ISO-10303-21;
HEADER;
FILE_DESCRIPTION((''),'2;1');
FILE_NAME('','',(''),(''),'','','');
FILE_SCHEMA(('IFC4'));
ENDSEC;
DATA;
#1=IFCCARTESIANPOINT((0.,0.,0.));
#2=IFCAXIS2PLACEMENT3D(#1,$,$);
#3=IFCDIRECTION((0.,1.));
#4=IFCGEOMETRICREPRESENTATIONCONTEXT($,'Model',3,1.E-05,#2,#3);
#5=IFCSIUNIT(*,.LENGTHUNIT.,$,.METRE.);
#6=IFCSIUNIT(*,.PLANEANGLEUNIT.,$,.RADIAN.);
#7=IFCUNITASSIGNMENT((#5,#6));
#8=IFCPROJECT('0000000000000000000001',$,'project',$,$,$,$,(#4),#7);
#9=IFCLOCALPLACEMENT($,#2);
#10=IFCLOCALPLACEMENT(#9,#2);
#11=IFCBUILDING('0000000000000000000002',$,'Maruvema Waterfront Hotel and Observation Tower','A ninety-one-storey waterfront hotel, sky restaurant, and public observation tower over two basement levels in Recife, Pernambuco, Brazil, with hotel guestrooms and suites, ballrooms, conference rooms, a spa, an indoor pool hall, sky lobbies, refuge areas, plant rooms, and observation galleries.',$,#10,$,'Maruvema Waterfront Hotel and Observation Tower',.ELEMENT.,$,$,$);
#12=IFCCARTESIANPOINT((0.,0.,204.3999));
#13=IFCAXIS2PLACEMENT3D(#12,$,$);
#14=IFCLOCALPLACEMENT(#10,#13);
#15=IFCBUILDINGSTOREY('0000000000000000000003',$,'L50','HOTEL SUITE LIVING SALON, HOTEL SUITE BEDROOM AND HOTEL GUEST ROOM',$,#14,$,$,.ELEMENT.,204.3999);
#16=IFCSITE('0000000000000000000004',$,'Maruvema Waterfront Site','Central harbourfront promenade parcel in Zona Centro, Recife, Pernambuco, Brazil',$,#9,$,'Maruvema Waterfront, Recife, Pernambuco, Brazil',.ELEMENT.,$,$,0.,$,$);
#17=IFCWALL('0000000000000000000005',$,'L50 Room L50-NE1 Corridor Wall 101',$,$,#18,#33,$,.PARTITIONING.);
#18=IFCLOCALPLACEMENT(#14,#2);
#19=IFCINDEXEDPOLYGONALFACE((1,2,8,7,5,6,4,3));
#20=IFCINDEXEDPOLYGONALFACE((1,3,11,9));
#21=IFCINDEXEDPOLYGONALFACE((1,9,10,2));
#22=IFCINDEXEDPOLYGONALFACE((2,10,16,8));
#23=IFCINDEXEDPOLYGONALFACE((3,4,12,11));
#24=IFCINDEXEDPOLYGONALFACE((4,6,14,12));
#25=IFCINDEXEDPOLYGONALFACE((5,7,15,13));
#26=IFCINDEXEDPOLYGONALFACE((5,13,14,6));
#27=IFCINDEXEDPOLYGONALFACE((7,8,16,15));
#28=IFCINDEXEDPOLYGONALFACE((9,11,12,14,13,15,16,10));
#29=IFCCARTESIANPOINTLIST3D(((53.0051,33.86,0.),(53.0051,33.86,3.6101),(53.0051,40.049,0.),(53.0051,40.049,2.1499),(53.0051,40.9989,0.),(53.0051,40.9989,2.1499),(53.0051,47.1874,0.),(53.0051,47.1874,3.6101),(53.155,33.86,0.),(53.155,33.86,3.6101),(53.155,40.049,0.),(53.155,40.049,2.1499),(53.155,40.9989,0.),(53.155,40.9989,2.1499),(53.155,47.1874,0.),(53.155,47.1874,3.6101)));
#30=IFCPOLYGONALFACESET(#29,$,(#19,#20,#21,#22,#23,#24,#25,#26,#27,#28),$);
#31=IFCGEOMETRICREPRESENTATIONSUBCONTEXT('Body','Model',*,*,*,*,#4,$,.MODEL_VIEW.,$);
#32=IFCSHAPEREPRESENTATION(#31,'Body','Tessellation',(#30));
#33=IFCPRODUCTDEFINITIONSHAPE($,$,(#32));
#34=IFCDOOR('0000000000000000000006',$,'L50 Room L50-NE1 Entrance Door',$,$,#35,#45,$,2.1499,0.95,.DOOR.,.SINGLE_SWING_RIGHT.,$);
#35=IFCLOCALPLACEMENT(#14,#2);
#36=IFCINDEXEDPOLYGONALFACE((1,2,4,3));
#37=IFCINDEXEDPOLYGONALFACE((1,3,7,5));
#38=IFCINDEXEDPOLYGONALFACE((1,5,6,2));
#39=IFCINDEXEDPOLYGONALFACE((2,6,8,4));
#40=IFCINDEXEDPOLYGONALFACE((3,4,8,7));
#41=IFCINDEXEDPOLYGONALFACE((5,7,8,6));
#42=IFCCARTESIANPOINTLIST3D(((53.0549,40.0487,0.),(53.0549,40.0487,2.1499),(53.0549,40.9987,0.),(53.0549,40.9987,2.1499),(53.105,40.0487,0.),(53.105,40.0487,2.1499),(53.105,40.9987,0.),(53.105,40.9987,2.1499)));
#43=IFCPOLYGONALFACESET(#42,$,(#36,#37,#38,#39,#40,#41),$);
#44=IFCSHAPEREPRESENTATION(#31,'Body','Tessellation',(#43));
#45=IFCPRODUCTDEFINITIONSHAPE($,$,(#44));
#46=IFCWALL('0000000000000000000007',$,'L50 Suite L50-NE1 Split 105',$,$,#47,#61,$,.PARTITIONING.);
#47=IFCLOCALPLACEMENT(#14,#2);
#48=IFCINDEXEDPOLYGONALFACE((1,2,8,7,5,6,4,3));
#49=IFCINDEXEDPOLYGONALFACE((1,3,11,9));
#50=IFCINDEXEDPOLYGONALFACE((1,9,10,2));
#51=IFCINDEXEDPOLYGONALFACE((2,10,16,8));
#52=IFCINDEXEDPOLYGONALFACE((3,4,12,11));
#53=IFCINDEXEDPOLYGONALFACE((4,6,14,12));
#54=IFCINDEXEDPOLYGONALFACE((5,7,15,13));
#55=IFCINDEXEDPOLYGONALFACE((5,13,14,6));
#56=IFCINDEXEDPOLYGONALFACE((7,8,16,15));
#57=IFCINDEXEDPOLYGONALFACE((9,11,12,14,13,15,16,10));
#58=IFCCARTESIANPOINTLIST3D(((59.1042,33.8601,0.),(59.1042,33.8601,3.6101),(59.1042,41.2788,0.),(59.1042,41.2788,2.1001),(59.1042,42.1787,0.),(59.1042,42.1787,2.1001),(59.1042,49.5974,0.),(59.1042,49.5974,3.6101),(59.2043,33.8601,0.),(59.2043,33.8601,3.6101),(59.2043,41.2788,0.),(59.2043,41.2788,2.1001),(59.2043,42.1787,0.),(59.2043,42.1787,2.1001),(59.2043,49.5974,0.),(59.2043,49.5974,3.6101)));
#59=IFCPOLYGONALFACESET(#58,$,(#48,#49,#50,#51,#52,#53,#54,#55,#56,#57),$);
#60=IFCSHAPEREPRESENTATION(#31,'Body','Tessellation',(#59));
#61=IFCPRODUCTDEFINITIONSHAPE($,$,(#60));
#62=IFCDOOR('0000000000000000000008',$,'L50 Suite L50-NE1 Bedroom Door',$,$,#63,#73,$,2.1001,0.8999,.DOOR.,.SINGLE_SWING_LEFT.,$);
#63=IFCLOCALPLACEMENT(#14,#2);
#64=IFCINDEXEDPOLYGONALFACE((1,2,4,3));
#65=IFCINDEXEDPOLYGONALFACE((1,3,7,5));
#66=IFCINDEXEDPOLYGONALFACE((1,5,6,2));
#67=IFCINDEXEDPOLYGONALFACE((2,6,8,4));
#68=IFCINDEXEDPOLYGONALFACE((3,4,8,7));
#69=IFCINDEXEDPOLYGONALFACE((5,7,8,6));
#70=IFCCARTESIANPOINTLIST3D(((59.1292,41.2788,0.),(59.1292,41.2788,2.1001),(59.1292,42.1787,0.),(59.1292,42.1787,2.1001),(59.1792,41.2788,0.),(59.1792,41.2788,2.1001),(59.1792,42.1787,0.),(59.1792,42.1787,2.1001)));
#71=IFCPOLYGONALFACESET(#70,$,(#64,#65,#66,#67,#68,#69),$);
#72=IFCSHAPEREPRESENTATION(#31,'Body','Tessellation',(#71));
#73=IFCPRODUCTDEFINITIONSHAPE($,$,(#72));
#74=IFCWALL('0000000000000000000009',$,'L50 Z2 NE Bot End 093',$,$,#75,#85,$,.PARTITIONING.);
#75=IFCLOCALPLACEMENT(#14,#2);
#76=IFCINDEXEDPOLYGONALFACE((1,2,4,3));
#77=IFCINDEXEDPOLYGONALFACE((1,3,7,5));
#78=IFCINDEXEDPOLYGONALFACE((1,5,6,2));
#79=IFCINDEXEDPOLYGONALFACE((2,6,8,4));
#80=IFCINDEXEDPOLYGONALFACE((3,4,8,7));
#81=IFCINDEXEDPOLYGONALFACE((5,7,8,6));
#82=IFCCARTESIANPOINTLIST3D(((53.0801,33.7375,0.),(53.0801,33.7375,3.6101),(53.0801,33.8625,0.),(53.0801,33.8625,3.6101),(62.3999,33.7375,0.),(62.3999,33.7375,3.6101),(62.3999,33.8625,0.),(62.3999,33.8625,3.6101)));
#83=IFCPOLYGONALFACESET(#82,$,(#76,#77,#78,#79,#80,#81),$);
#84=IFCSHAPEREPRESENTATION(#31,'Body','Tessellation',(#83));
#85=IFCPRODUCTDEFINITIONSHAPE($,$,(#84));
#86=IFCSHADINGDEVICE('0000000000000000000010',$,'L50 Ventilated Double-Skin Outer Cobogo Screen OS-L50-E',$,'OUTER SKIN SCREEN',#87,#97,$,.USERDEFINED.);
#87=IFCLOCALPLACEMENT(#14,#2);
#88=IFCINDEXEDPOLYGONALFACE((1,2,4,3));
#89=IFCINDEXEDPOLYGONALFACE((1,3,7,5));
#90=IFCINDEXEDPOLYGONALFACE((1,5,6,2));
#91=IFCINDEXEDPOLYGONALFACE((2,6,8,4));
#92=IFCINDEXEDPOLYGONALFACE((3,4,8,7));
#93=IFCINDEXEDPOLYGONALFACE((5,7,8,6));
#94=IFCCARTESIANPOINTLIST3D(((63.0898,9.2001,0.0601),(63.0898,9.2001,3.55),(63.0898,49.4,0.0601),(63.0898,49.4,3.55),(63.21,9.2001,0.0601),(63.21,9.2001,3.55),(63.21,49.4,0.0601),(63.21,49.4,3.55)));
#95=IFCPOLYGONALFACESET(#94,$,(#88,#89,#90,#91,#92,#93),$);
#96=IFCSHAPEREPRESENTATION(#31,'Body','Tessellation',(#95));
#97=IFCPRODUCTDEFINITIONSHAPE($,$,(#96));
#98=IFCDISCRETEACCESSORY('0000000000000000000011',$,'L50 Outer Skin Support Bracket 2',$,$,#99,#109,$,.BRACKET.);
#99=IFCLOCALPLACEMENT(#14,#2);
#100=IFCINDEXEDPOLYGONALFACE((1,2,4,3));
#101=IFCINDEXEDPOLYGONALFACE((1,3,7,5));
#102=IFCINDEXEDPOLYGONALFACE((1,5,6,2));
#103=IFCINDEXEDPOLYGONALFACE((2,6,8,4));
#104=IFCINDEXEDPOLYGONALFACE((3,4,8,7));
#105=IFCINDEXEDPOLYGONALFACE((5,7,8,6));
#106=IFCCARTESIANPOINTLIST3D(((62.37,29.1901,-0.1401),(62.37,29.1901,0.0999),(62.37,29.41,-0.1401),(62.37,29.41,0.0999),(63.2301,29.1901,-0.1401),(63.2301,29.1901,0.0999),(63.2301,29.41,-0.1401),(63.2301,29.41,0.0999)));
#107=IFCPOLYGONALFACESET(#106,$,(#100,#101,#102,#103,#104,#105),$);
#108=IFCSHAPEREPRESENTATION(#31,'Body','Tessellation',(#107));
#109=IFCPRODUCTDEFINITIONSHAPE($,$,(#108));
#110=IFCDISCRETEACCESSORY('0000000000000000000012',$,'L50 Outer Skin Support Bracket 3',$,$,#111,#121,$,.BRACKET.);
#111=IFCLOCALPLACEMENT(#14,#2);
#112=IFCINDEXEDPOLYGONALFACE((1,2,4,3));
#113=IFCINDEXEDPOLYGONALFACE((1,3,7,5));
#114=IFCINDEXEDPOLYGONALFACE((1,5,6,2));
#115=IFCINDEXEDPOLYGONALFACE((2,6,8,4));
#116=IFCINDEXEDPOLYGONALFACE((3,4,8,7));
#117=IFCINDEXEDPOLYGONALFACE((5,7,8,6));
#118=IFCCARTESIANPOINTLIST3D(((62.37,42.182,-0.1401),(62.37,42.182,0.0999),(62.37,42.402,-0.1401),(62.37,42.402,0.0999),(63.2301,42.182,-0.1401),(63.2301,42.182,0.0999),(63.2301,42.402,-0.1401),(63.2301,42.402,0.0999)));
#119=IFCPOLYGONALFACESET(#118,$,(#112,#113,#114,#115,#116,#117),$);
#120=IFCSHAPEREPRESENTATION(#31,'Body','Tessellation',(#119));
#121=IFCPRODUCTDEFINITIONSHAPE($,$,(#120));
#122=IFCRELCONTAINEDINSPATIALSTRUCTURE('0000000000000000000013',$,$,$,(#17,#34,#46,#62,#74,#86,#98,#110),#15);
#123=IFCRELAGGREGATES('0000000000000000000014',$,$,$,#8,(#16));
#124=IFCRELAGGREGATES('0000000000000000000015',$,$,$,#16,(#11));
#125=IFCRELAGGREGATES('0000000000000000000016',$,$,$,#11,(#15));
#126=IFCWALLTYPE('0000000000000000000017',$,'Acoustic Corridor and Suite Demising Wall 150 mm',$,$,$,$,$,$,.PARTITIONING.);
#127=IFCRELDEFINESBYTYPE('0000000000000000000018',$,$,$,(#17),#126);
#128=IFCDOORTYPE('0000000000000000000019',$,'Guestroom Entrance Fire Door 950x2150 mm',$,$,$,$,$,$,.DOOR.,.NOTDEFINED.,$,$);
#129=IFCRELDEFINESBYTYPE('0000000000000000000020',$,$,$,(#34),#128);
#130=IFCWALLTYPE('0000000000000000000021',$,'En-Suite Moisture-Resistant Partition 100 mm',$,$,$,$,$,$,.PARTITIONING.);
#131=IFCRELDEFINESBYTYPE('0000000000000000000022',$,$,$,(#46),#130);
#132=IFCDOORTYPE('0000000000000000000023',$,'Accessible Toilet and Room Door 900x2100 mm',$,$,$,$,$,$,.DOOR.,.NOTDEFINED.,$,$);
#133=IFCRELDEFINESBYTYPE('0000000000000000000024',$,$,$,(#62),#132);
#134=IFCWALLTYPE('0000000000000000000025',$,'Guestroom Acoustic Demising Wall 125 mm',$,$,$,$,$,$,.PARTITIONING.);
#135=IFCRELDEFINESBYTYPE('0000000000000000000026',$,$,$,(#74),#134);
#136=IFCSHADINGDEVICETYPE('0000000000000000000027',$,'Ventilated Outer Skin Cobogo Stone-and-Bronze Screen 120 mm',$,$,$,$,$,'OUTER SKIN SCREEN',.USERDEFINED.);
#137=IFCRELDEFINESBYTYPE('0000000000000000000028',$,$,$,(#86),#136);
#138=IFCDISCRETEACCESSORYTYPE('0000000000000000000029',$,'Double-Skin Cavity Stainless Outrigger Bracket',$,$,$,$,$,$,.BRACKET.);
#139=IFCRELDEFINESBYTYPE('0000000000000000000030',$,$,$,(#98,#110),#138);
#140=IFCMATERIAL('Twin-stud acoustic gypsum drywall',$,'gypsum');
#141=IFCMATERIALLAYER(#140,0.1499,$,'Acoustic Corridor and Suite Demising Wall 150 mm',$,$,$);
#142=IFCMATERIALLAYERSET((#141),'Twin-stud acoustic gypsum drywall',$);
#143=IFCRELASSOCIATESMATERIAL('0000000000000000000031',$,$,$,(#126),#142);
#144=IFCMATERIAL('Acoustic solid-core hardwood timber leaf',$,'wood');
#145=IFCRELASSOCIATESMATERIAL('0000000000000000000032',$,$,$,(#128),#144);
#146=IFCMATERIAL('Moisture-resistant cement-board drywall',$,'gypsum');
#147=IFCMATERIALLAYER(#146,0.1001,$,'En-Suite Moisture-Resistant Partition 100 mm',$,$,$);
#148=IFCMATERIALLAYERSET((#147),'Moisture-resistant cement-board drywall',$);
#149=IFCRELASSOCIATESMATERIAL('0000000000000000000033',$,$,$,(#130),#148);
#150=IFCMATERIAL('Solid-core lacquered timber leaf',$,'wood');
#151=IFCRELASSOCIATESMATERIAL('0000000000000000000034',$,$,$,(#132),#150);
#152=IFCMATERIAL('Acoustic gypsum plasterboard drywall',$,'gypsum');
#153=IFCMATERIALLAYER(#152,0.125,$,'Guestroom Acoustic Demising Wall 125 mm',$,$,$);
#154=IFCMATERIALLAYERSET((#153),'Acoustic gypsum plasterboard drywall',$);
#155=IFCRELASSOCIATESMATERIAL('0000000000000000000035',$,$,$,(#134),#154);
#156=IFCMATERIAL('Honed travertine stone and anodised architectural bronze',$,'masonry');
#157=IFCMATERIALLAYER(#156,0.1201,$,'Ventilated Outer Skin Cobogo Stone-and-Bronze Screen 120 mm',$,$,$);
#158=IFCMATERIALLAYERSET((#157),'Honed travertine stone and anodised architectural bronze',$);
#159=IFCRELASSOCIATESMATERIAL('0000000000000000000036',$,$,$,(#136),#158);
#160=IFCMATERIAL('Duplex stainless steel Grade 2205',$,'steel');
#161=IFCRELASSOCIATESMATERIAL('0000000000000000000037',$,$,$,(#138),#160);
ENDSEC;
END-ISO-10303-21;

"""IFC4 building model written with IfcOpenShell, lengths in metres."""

from ifc_helpers import new_model, si_unit, direction, frame, frame_2d, origin, origin_2d, place, context, subcontext, project, spatial, rectangle, extrude, material, layer, layer_set, type_object, element, fill, save


model = new_model("IFC4")

# Units and contexts
model_context = context("Model", 3, precision=1e-05, world=origin(), true_north=direction((0.0, 1.0)))
body_context = subcontext(model_context, "Body", "Model", "MODEL_VIEW")
ifc_project = project(units=[si_unit("LENGTHUNIT", "METRE"), si_unit("PLANEANGLEUNIT", "RADIAN")], contexts=[model_context])

# Site, building, storey
site_placement = place(None, origin())
site = spatial("IfcSite", under=ifc_project, at=site_placement, Name="Maruvema Waterfront Site", Description="Central harbourfront promenade parcel in Zona Centro, Recife, Pernambuco, Brazil", LongName="Maruvema Waterfront, Recife, Pernambuco, Brazil", CompositionType="ELEMENT", RefElevation=0.0)
building_placement = place(site_placement, origin())
building = spatial("IfcBuilding", under=site, at=building_placement, Name="Maruvema Waterfront Hotel and Observation Tower", Description="A ninety-one-storey waterfront hotel, sky restaurant, and public observation tower over two basement levels in Recife, Pernambuco, Brazil, with hotel guestrooms and suites, ballrooms, conference rooms, a spa, an indoor pool hall, sky lobbies, refuge areas, plant rooms, and observation galleries.", LongName="Maruvema Waterfront Hotel and Observation Tower", CompositionType="ELEMENT")
storey_placement = place(building_placement, frame((0.0, 0.0, 204.3999)))
storey = spatial("IfcBuildingStorey", under=building, at=storey_placement, Name="L50", Description="HOTEL SUITE LIVING SALON, HOTEL SUITE BEDROOM AND HOTEL GUEST ROOM", CompositionType="ELEMENT", Elevation=204.3999)

# Walls, openings, doors
ifc_material_1 = material(Name="Twin-stud acoustic gypsum drywall", Category="gypsum")
ifc_layer_1 = layer(ifc_material_1, 0.1499, Name="Acoustic Corridor and Suite Demising Wall 150 mm")
ifc_layer_set_1 = layer_set([ifc_layer_1], Name="Twin-stud acoustic gypsum drywall")
wall_type_1 = type_object("IfcWallType", Name="Acoustic Corridor and Suite Demising Wall 150 mm", PredefinedType="PARTITIONING", material=ifc_layer_set_1)
wall_1_placement = place(storey_placement, frame((53.0801, 33.8601, 0.0), z_axis=(0.0, 0.0, 1.0), x_axis=(0.0, 1.0, 0.0)))
wall_1 = element("IfcWall", 1, at=wall_1_placement, inside=storey, type_object=wall_type_1, Name="L50 Room L50-NE1 Corridor Wall 101", PredefinedType="PARTITIONING", context=body_context, shape_type="SweptSolid", body=[
    extrude(rectangle(XDim=13.3274, YDim=0.1499, at=frame_2d((6.6636, 0.0))), origin(), (0.0, 0.0, 1.0), 3.6101),
])
opening_1_placement = place(wall_1_placement, frame((6.1887, 0.0, 0.0)))
opening_1 = element("IfcOpeningElement", 2, at=opening_1_placement, cuts=wall_1, PredefinedType="OPENING", context=body_context, shape_type="SweptSolid", body=[
    extrude(rectangle(XDim=0.95, YDim=2.1499, at=frame_2d((0.4751, 1.075))), frame((0.0, 0.085, 0.0), z_axis=(0.0, -1.0, 0.0), x_axis=(1.0, 0.0, 0.0)), (0.0, 0.0, 1.0), 0.1699),
])
ifc_material_2 = material(Name="Acoustic solid-core hardwood timber leaf", Category="wood")
door_type_1 = type_object("IfcDoorType", Name="Guestroom Entrance Fire Door 950x2150 mm", OperationType="NOTDEFINED", PredefinedType="DOOR", material=ifc_material_2)
door_1_placement = place(opening_1_placement, frame((0.95, 0.0, 0.0), z_axis=(0.0, 0.0, 1.0), x_axis=(-1.0, 0.0, 0.0)))
door_1 = element("IfcDoor", 3, at=door_1_placement, inside=storey, type_object=door_type_1, Name="L50 Room L50-NE1 Entrance Door", OperationType="SINGLE_SWING_RIGHT", OverallHeight=2.1499, OverallWidth=0.95, PredefinedType="DOOR", context=body_context, shape_type="SweptSolid", body=[
    extrude(rectangle(XDim=0.95, YDim=2.1499, at=frame_2d((0.4751, 1.075))), frame((0.0, 0.0249, 0.0), z_axis=(0.0, -1.0, 0.0), x_axis=(1.0, 0.0, 0.0)), (0.0, 0.0, 1.0), 0.05),
])
fill(opening_1, door_1)
ifc_material_3 = material(Name="Moisture-resistant cement-board drywall", Category="gypsum")
ifc_layer_2 = layer(ifc_material_3, 0.1001, Name="En-Suite Moisture-Resistant Partition 100 mm")
ifc_layer_set_2 = layer_set([ifc_layer_2], Name="Moisture-resistant cement-board drywall")
wall_type_2 = type_object("IfcWallType", Name="En-Suite Moisture-Resistant Partition 100 mm", PredefinedType="PARTITIONING", material=ifc_layer_set_2)
wall_2_placement = place(storey_placement, frame((59.1543, 33.8601, 0.0), z_axis=(0.0, 0.0, 1.0), x_axis=(0.0, 1.0, 0.0)))
wall_2 = element("IfcWall", 4, at=wall_2_placement, inside=storey, type_object=wall_type_2, Name="L50 Suite L50-NE1 Split 105", PredefinedType="PARTITIONING", context=body_context, shape_type="SweptSolid", body=[
    extrude(rectangle(XDim=15.7373, YDim=0.1001, at=frame_2d((7.8687, 0.0))), origin(), (0.0, 0.0, 1.0), 3.6101),
])
opening_2_placement = place(wall_2_placement, frame((7.4187, 0.0, 0.0)))
opening_2 = element("IfcOpeningElement", 5, at=opening_2_placement, cuts=wall_2, PredefinedType="OPENING", context=body_context, shape_type="SweptSolid", body=[
    extrude(rectangle(XDim=0.8999, YDim=2.1001, at=frame_2d((0.45, 1.05))), frame((0.0, 0.0601, 0.0), z_axis=(0.0, -1.0, 0.0), x_axis=(1.0, 0.0, 0.0)), (0.0, 0.0, 1.0), 0.1201),
])
ifc_material_4 = material(Name="Solid-core lacquered timber leaf", Category="wood")
door_type_2 = type_object("IfcDoorType", Name="Accessible Toilet and Room Door 900x2100 mm", OperationType="NOTDEFINED", PredefinedType="DOOR", material=ifc_material_4)
door_2_placement = place(opening_2_placement, frame((0.8999, 0.0, 0.0), z_axis=(0.0, 0.0, 1.0), x_axis=(-1.0, 0.0, 0.0)))
door_2 = element("IfcDoor", 6, at=door_2_placement, inside=storey, type_object=door_type_2, Name="L50 Suite L50-NE1 Bedroom Door", OperationType="SINGLE_SWING_LEFT", OverallHeight=2.1001, OverallWidth=0.8999, PredefinedType="DOOR", context=body_context, shape_type="SweptSolid", body=[
    extrude(rectangle(XDim=0.8999, YDim=2.1001, at=frame_2d((0.45, 1.05))), frame((0.0, 0.0249, 0.0), z_axis=(0.0, -1.0, 0.0), x_axis=(1.0, 0.0, 0.0)), (0.0, 0.0, 1.0), 0.05),
])
fill(opening_2, door_2)

# Wall
ifc_material_5 = material(Name="Acoustic gypsum plasterboard drywall", Category="gypsum")
ifc_layer_3 = layer(ifc_material_5, 0.125, Name="Guestroom Acoustic Demising Wall 125 mm")
ifc_layer_set_3 = layer_set([ifc_layer_3], Name="Acoustic gypsum plasterboard drywall")
wall_type_3 = type_object("IfcWallType", Name="Guestroom Acoustic Demising Wall 125 mm", PredefinedType="PARTITIONING", material=ifc_layer_set_3)
wall_3_placement = place(storey_placement, frame((53.0801, 33.8, 0.0), z_axis=(0.0, 0.0, 1.0), x_axis=(1.0, 0.0, 0.0)))
element("IfcWall", 7, at=wall_3_placement, inside=storey, type_object=wall_type_3, Name="L50 Z2 NE Bot End 093", PredefinedType="PARTITIONING", context=body_context, shape_type="SweptSolid", body=[
    extrude(rectangle(XDim=9.3198, YDim=0.125, at=frame_2d((4.6599, 0.0))), origin(), (0.0, 0.0, 1.0), 3.6101),
])

# Shading device
ifc_material_6 = material(Name="Honed travertine stone and anodised architectural bronze", Category="masonry")
ifc_layer_4 = layer(ifc_material_6, 0.1201, Name="Ventilated Outer Skin Cobogo Stone-and-Bronze Screen 120 mm")
ifc_layer_set_4 = layer_set([ifc_layer_4], Name="Honed travertine stone and anodised architectural bronze")
shading_device_type = type_object("IfcShadingDeviceType", Name="Ventilated Outer Skin Cobogo Stone-and-Bronze Screen 120 mm", ElementType="OUTER SKIN SCREEN", PredefinedType="USERDEFINED", material=ifc_layer_set_4)
shading_device_placement = place(storey_placement, frame((63.1499, 29.3, 0.0601), z_axis=(0.0, 0.0, 1.0), x_axis=(0.0, 1.0, 0.0)))
element("IfcShadingDevice", 8, at=shading_device_placement, inside=storey, type_object=shading_device_type, Name="L50 Ventilated Double-Skin Outer Cobogo Screen OS-L50-E", ObjectType="OUTER SKIN SCREEN", PredefinedType="USERDEFINED", context=body_context, shape_type="SweptSolid", body=[
    extrude(rectangle(XDim=40.2, YDim=0.1201, at=origin_2d()), origin(), (0.0, 0.0, 1.0), 3.49),
])

# Discrete accessories
ifc_material_7 = material(Name="Duplex stainless steel Grade 2205", Category="steel")
discrete_accessory_type = type_object("IfcDiscreteAccessoryType", Name="Double-Skin Cavity Stainless Outrigger Bracket", PredefinedType="BRACKET", material=ifc_material_7)
for number, where, z_axis, x_axis, name in (
    (9, (62.8, 29.3, -0.1401), (0.0, 0.0, 1.0), (0.0, 1.0, 0.0), "L50 Outer Skin Support Bracket 2"),
    (10, (62.8, 42.292, -0.1401), (0.0, 0.0, 1.0), (0.0, 1.0, 0.0), "L50 Outer Skin Support Bracket 3"),
):
    element("IfcDiscreteAccessory", number, at=place(storey_placement, frame(where, z_axis=z_axis, x_axis=x_axis)), inside=storey, type_object=discrete_accessory_type, Name=name, PredefinedType="BRACKET", context=body_context, shape_type="SweptSolid", body=[
        extrude(rectangle(XDim=0.22, YDim=0.8601, at=origin_2d()), origin(), (0.0, 0.0, 1.0), 0.24),
    ])

save(model, "model.ifc")
